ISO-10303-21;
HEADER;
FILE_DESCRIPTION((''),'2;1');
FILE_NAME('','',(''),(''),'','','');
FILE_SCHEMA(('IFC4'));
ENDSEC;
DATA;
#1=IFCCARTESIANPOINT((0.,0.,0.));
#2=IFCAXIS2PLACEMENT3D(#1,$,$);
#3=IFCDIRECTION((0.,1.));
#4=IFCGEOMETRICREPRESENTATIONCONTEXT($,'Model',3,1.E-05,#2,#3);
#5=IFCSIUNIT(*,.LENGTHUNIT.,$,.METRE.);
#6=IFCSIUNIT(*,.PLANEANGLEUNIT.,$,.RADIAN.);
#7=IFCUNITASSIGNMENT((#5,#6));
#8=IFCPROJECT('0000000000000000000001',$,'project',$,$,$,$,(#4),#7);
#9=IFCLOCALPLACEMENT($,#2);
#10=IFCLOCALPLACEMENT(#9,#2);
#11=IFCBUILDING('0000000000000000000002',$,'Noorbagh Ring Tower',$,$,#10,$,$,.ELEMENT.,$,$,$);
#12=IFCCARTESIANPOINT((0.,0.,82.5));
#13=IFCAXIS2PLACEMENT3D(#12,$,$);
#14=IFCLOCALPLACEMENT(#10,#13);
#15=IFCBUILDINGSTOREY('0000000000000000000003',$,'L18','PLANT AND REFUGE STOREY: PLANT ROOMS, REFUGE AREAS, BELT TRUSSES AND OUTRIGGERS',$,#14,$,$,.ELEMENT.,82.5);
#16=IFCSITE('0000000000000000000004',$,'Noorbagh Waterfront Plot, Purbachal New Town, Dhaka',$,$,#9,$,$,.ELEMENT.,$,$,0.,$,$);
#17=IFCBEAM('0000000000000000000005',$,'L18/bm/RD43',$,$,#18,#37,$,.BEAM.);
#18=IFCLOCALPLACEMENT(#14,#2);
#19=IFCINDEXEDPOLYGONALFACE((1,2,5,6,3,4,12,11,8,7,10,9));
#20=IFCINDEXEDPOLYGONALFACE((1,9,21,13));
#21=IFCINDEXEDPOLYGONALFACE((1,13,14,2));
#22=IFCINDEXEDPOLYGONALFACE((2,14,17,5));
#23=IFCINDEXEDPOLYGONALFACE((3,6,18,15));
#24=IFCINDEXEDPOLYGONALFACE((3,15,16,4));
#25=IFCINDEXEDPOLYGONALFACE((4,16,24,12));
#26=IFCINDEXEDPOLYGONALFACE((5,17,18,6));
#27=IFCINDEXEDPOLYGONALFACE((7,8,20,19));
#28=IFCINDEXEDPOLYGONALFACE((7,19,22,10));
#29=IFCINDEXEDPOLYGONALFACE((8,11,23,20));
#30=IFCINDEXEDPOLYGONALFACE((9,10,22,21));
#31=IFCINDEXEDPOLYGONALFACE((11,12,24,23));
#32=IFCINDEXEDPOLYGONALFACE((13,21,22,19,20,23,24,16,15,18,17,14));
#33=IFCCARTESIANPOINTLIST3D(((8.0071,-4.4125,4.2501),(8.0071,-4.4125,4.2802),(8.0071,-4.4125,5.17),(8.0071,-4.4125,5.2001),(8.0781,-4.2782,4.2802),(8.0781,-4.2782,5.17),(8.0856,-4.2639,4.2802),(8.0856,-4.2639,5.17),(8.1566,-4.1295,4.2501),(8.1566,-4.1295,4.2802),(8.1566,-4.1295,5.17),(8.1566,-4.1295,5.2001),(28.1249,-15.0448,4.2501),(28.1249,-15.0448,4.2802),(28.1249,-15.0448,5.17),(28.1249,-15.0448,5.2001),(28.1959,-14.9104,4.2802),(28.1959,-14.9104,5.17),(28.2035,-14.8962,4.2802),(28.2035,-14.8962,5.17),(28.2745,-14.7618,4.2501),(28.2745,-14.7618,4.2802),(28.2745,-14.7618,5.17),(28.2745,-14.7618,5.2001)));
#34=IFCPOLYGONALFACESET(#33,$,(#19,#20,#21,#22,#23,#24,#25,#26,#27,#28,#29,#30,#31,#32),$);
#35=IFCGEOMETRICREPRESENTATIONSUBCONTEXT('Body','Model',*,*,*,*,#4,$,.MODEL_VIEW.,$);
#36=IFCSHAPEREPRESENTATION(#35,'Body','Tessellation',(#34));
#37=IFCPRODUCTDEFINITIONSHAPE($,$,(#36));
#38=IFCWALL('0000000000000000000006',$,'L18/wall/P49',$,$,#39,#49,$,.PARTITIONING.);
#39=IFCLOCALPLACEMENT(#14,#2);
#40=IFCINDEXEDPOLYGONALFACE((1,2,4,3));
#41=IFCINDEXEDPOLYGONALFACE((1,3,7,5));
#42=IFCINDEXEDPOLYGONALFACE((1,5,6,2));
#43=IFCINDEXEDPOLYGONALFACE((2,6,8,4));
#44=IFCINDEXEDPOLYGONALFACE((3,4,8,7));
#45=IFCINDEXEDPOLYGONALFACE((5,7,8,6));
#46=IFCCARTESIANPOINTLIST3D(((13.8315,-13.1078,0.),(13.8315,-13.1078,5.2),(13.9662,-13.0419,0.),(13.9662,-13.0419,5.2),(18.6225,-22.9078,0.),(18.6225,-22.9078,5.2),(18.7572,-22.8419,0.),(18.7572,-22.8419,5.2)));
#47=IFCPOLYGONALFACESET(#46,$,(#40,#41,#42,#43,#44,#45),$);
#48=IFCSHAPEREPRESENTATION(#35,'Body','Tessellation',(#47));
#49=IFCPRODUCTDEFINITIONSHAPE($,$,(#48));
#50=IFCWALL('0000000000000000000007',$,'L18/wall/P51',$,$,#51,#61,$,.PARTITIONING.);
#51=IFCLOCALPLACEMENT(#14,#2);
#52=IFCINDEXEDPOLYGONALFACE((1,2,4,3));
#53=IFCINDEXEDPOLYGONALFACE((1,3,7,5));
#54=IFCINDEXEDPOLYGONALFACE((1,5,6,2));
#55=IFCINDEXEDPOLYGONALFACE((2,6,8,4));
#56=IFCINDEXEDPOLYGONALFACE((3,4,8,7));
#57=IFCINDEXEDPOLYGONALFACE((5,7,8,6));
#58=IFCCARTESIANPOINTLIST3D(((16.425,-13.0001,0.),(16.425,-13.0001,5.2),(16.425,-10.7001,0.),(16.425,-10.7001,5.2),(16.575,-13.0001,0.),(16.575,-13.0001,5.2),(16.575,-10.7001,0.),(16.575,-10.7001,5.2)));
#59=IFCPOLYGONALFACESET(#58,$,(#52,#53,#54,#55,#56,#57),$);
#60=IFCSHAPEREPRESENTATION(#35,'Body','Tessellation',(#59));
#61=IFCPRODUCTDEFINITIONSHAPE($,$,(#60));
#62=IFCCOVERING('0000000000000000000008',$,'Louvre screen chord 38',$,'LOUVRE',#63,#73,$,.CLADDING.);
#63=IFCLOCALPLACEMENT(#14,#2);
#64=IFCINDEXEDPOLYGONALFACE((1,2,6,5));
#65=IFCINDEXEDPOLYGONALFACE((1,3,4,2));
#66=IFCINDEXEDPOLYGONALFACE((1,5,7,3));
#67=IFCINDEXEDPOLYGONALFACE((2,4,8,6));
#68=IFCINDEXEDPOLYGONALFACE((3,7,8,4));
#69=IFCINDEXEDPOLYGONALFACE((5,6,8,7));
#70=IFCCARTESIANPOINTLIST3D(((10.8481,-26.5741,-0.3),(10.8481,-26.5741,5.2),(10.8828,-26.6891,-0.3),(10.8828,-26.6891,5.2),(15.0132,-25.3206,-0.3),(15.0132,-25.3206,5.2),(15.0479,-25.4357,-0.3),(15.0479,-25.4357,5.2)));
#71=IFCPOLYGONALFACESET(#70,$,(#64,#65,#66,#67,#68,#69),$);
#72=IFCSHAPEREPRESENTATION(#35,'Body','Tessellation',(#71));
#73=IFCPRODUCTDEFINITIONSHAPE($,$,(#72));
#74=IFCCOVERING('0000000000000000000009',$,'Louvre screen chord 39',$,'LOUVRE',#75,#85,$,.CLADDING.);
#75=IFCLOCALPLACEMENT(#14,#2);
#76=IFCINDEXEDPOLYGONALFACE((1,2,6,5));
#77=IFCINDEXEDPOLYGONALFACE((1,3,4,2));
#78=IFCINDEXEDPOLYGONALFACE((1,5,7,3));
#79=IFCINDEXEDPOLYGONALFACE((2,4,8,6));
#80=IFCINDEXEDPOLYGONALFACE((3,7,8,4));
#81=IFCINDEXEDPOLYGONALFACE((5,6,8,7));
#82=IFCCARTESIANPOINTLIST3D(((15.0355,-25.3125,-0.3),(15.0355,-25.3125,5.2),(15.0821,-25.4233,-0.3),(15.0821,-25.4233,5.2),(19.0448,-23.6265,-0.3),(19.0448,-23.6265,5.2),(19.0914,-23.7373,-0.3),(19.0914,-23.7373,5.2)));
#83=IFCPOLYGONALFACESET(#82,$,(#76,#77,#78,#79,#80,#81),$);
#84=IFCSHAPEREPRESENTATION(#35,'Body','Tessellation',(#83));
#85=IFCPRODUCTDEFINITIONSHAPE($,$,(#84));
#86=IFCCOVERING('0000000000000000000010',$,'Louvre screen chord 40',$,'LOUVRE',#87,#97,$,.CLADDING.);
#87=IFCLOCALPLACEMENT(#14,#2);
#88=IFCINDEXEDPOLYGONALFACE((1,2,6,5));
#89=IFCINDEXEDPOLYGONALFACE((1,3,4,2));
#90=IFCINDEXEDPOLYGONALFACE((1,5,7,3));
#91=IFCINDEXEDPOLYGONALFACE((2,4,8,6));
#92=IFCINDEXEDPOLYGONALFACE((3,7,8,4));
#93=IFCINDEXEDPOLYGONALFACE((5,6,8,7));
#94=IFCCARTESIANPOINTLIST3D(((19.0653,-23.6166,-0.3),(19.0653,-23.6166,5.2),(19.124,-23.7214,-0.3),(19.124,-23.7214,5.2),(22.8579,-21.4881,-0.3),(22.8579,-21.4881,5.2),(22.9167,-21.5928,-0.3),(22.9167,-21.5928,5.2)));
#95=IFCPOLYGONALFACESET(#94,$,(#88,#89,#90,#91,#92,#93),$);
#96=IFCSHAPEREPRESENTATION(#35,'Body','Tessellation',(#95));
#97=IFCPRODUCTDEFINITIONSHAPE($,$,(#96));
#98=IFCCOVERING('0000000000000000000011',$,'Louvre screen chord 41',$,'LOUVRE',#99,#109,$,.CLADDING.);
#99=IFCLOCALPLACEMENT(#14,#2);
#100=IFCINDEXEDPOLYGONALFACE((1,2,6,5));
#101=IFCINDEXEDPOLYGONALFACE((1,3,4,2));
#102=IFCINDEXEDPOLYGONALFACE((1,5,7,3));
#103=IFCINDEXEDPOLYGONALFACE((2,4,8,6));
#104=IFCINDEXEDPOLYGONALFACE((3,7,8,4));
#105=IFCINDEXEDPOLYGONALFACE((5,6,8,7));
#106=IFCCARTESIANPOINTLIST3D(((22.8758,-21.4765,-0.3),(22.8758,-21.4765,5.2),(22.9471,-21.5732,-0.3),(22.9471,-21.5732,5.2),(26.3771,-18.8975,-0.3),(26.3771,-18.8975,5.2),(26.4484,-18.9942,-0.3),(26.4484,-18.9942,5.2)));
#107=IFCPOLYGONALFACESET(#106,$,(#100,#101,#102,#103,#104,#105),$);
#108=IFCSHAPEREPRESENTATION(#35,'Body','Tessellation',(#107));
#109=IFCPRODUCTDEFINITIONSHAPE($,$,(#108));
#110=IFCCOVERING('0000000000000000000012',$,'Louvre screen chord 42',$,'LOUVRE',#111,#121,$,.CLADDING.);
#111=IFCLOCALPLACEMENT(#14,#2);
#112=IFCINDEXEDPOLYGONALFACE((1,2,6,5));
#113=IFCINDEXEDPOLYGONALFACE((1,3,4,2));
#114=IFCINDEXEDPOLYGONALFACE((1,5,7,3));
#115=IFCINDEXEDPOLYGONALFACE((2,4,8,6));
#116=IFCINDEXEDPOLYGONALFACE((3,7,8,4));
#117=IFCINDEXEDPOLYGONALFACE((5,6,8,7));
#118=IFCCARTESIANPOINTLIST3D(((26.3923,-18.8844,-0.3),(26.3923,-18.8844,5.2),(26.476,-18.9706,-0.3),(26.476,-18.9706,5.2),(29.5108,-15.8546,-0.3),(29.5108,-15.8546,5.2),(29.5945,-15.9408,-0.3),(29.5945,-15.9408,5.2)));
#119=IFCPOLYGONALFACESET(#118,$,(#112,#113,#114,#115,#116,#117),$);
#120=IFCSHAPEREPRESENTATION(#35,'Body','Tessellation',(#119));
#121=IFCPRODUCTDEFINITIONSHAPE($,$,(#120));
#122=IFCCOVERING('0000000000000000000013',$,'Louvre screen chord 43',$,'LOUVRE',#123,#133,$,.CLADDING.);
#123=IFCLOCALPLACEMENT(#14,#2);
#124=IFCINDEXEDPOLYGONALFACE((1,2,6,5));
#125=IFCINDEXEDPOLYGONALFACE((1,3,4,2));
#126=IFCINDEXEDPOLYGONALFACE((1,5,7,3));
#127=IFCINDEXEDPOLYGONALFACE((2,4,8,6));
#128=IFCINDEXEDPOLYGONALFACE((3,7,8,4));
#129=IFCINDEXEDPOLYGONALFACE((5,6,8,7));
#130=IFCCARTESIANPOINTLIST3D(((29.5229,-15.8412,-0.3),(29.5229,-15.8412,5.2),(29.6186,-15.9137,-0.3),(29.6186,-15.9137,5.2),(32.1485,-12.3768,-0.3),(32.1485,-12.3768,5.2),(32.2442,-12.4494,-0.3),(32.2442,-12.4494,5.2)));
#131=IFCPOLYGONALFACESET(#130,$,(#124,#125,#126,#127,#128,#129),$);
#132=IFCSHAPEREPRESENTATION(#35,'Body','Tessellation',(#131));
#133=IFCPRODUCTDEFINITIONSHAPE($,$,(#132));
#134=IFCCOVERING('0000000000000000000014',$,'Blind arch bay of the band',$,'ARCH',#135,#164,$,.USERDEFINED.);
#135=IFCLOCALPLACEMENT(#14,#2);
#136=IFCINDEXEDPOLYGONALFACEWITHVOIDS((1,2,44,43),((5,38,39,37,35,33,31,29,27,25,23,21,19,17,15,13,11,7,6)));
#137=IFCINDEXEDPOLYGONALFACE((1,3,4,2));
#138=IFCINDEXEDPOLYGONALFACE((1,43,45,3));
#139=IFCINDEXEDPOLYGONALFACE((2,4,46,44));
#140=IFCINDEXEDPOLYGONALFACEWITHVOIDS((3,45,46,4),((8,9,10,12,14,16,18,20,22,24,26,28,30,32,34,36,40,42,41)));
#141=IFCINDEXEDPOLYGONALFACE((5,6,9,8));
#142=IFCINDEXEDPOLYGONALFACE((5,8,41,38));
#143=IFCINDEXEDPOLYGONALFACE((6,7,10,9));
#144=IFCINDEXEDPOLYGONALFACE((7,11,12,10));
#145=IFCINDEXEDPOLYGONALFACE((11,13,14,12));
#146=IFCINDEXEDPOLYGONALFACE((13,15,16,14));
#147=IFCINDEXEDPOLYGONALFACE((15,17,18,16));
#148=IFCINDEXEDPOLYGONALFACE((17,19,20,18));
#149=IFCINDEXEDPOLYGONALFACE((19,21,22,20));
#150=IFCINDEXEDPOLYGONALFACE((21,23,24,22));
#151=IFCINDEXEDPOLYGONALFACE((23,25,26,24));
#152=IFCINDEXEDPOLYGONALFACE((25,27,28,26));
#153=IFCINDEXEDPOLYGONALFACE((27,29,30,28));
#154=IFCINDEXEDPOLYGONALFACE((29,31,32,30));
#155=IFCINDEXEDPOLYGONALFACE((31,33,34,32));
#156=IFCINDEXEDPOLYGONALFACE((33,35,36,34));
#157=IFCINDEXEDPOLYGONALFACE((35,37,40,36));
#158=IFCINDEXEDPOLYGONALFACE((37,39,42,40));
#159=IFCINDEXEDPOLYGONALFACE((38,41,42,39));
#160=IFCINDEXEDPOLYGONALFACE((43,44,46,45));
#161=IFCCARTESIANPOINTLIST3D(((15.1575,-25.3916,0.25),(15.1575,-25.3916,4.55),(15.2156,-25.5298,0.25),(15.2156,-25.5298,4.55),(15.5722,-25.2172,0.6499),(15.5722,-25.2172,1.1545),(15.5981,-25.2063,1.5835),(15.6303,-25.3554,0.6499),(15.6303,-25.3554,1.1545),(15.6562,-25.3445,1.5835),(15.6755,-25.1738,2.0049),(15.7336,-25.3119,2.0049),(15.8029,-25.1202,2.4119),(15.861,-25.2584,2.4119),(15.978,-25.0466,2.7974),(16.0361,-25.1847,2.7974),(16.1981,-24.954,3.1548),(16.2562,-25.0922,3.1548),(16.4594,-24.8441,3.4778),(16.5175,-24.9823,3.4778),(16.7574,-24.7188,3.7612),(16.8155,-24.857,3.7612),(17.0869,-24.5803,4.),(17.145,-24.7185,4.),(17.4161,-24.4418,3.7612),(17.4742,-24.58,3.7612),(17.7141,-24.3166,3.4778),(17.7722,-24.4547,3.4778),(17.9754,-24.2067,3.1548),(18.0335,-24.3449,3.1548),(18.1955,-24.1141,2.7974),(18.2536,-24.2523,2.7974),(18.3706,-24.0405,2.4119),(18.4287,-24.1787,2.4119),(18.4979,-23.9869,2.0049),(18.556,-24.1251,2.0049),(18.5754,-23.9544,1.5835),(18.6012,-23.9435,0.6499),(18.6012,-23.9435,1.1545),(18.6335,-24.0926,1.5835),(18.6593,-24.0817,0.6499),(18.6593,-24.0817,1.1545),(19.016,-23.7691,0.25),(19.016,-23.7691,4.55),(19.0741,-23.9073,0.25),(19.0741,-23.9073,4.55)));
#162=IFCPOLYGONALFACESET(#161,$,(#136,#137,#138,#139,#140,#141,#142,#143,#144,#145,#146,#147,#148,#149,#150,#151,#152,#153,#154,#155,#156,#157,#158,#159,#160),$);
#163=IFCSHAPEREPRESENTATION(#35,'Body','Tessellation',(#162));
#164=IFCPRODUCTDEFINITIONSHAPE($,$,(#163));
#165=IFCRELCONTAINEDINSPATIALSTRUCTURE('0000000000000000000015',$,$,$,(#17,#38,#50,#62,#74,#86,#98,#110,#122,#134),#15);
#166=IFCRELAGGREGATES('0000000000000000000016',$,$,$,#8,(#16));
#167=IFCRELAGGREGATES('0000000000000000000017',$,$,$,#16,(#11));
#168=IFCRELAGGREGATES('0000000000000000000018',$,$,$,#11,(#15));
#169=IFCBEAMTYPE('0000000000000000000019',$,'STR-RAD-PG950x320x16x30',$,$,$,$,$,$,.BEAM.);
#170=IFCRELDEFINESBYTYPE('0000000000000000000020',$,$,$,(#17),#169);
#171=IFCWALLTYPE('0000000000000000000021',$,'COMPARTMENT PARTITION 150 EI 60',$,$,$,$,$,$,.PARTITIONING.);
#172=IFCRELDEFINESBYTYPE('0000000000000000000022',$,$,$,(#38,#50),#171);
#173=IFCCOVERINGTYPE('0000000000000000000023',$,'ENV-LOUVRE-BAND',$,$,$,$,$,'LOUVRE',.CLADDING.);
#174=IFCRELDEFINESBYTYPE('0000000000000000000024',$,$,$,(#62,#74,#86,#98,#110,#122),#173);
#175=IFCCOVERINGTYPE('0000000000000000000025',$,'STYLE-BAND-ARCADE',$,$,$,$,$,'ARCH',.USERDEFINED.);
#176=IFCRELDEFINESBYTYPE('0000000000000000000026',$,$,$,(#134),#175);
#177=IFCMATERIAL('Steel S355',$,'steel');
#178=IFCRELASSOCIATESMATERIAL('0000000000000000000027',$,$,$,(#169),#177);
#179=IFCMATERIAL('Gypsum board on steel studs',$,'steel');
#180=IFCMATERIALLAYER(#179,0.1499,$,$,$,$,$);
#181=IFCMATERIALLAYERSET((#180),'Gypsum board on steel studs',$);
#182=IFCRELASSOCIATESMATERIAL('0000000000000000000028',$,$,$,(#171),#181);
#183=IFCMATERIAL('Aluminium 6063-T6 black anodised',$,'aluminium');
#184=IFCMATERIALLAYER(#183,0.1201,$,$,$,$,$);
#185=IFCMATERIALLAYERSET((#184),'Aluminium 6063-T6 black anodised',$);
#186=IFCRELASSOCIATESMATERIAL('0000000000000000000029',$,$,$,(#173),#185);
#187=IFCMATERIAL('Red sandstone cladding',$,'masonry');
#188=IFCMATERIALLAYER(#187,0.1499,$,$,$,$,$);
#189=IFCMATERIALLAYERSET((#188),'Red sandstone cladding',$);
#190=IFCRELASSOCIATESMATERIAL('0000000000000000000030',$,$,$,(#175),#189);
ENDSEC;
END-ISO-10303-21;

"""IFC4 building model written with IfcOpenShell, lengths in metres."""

from ifc_helpers import new_model, si_unit, direction, frame, frame_2d, origin, origin_2d, place, context, subcontext, project, spatial, polyline, rectangle, i_section, outline, extrude, material, layer, layer_set, material_profile, profile_set, type_object, element, save


model = new_model("IFC4")

# Units and contexts
model_context = context("Model", 3, precision=1e-05, world=origin(), true_north=direction((0.0, 1.0)))
body_context = subcontext(model_context, "Body", "Model", "MODEL_VIEW")
ifc_project = project(units=[si_unit("LENGTHUNIT", "METRE"), si_unit("PLANEANGLEUNIT", "RADIAN")], contexts=[model_context])

# Site, building, storey
site_placement = place(None, origin())
site = spatial("IfcSite", under=ifc_project, at=site_placement, Name="Noorbagh Waterfront Plot, Purbachal New Town, Dhaka", CompositionType="ELEMENT", RefElevation=0.0)
building_placement = place(site_placement, origin())
building = spatial("IfcBuilding", under=site, at=building_placement, Name="Noorbagh Ring Tower", CompositionType="ELEMENT")
storey_placement = place(building_placement, frame((0.0, 0.0, 82.5)))
storey = spatial("IfcBuildingStorey", under=building, at=storey_placement, Name="L18", Description="PLANT AND REFUGE STOREY: PLANT ROOMS, REFUGE AREAS, BELT TRUSSES AND OUTRIGGERS", CompositionType="ELEMENT", Elevation=82.5)

# Beam
ifc_material_1 = material(Name="Steel S355", Category="steel")
ifc_material_profile_1 = material_profile(ifc_material_1, i_section(OverallWidth=0.3201, OverallDepth=0.95, WebThickness=0.0161, FlangeThickness=0.03, at=origin_2d()), Name="PG950x320x16x30")
ifc_profile_set_1 = profile_set([ifc_material_profile_1], Name="Steel S355")
beam_type_1 = type_object("IfcBeamType", Name="STR-RAD-PG950x320x16x30", PredefinedType="BEAM", material=ifc_profile_set_1)
beam_1_placement = place(storey_placement, frame((28.1997, -14.9033, 4.7251), z_axis=(-0.884121, 0.467258, 0.0), x_axis=(-0.467258, -0.884121, 0.0)))
element("IfcBeam", 1, at=beam_1_placement, inside=storey, type_object=beam_type_1, Name="L18/bm/RD43", PredefinedType="BEAM", context=body_context, shape_type="SweptSolid", body=[
    extrude(i_section(OverallWidth=0.3201, OverallDepth=0.95, WebThickness=0.0161, FlangeThickness=0.03, at=origin_2d()), origin(), (0.0, 0.0, 1.0), 22.7546),
])

# Walls
ifc_material_2 = material(Name="Gypsum board on steel studs", Category="steel")
ifc_layer_1 = layer(ifc_material_2, 0.1499)
ifc_layer_set_1 = layer_set([ifc_layer_1], Name="Gypsum board on steel studs")
wall_type = type_object("IfcWallType", Name="COMPARTMENT PARTITION 150 EI 60", PredefinedType="PARTITIONING", material=ifc_layer_set_1)
wall_1_placement = place(storey_placement, frame((13.8989, -13.075, 0.0), z_axis=(0.0, 0.0, 1.0), x_axis=(0.439201, -0.898389, 0.0)))
element("IfcWall", 2, at=wall_1_placement, inside=storey, type_object=wall_type, Name="L18/wall/P49", PredefinedType="PARTITIONING", context=body_context, shape_type="SweptSolid", body=[
    extrude(rectangle(XDim=10.9084, YDim=0.1499, at=frame_2d((5.4541, 0.0))), origin(), (0.0, 0.0, 1.0), 5.2),
])
wall_2_placement = place(storey_placement, frame((16.5, -13.0, 0.0), z_axis=(0.0, 0.0, 1.0), x_axis=(0.0, 1.0, 0.0)))
element("IfcWall", 3, at=wall_2_placement, inside=storey, type_object=wall_type, Name="L18/wall/P51", PredefinedType="PARTITIONING", context=body_context, shape_type="SweptSolid", body=[
    extrude(rectangle(XDim=2.3, YDim=0.1499, at=frame_2d((1.1499, 0.0))), origin(), (0.0, 0.0, 1.0), 5.2),
])

# Coverings
ifc_material_3 = material(Name="Aluminium 6063-T6 black anodised", Category="aluminium")
ifc_layer_2 = layer(ifc_material_3, 0.1201)
ifc_layer_set_2 = layer_set([ifc_layer_2], Name="Aluminium 6063-T6 black anodised")
covering_type_1 = type_object("IfcCoveringType", Name="ENV-LOUVRE-BAND", ElementType="LOUVRE", PredefinedType="CLADDING", material=ifc_layer_set_2)
covering_1_placement = place(storey_placement, frame((12.948, -26.0049, -0.3), z_axis=(0.0, 0.0, 1.0), x_axis=(0.957578, 0.288174, 0.0)))
element("IfcCovering", 4, at=covering_1_placement, inside=storey, type_object=covering_type_1, Name="Louvre screen chord 38", ObjectType="LOUVRE", PredefinedType="CLADDING", context=body_context, shape_type="SweptSolid", body=[
    extrude(rectangle(XDim=4.3496, YDim=0.1201, at=origin_2d()), origin(), (0.0, 0.0, 1.0), 5.5),
])
covering_2_placement = place(storey_placement, frame((17.0635, -24.5249, -0.3), z_axis=(0.0, 0.0, 1.0), x_axis=(0.921812, 0.387638, 0.0)))
element("IfcCovering", 5, at=covering_2_placement, inside=storey, type_object=covering_type_1, Name="Louvre screen chord 39", ObjectType="LOUVRE", PredefinedType="CLADDING", context=body_context, shape_type="SweptSolid", body=[
    extrude(rectangle(XDim=4.3494, YDim=0.1201, at=origin_2d()), origin(), (0.0, 0.0, 1.0), 5.5),
])
covering_3_placement = place(storey_placement, frame((20.991, -22.6047, -0.3), z_axis=(0.0, 0.0, 1.0), x_axis=(0.872045, 0.489426, 0.0)))
element("IfcCovering", 6, at=covering_3_placement, inside=storey, type_object=covering_type_1, Name="Louvre screen chord 40", ObjectType="LOUVRE", PredefinedType="CLADDING", context=body_context, shape_type="SweptSolid", body=[
    extrude(rectangle(XDim=4.3491, YDim=0.1201, at=origin_2d()), origin(), (0.0, 0.0, 1.0), 5.5),
])
covering_4_placement = place(storey_placement, frame((24.6621, -20.2354, -0.3), z_axis=(0.0, 0.0, 1.0), x_axis=(0.805153, 0.593067, 0.0)))
element("IfcCovering", 7, at=covering_4_placement, inside=storey, type_object=covering_type_1, Name="Louvre screen chord 41", ObjectType="LOUVRE", PredefinedType="CLADDING", context=body_context, shape_type="SweptSolid", body=[
    extrude(rectangle(XDim=4.3486, YDim=0.1201, at=origin_2d()), origin(), (0.0, 0.0, 1.0), 5.5),
])
covering_5_placement = place(storey_placement, frame((27.9934, -17.4126, -0.3), z_axis=(0.0, 0.0, 1.0), x_axis=(0.717225, 0.696842, 0.0)))
element("IfcCovering", 8, at=covering_5_placement, inside=storey, type_object=covering_type_1, Name="Louvre screen chord 42", ObjectType="LOUVRE", PredefinedType="CLADDING", context=body_context, shape_type="SweptSolid", body=[
    extrude(rectangle(XDim=4.3479, YDim=0.1201, at=origin_2d()), origin(), (0.0, 0.0, 1.0), 5.5),
])
covering_6_placement = place(storey_placement, frame((30.8835, -14.1453, -0.3), z_axis=(0.0, 0.0, 1.0), x_axis=(0.60402, 0.796969, 0.0)))
element("IfcCovering", 9, at=covering_6_placement, inside=storey, type_object=covering_type_1, Name="Louvre screen chord 43", ObjectType="LOUVRE", PredefinedType="CLADDING", context=body_context, shape_type="SweptSolid", body=[
    extrude(rectangle(XDim=4.3469, YDim=0.1201, at=origin_2d()), origin(), (0.0, 0.0, 1.0), 5.5),
])
ifc_material_4 = material(Name="Red sandstone cladding", Category="masonry")
ifc_layer_3 = layer(ifc_material_4, 0.1499)
ifc_layer_set_3 = layer_set([ifc_layer_3], Name="Red sandstone cladding")
covering_type_2 = type_object("IfcCoveringType", Name="STYLE-BAND-ARCADE", ElementType="ARCH", PredefinedType="USERDEFINED", material=ifc_layer_set_3)
covering_7_placement = place(storey_placement, frame((15.2156, -25.5298, 0.25), z_axis=(0.387624, -0.921818, 0.0), x_axis=(0.921818, 0.387624, 0.0)))
element("IfcCovering", 10, at=covering_7_placement, inside=storey, type_object=covering_type_2, Name="Blind arch bay of the band", ObjectType="ARCH", PredefinedType="USERDEFINED", context=body_context, shape_type="SweptSolid", body=[
    extrude(outline(polyline([(0.0, 0.0), (4.1858, 0.0), (4.1858, 4.3), (0.0, 4.3), (0.0, 0.0)]), holes=[polyline([(0.45, 0.3999), (0.45, 0.9045), (0.478, 1.3335), (0.562, 1.7549), (0.7002, 2.1619), (0.8901, 2.5474), (1.1289, 2.9048), (1.4124, 3.2278), (1.7356, 3.5112), (2.093, 3.75), (2.4502, 3.5112), (2.7734, 3.2278), (3.0569, 2.9048), (3.2957, 2.5474), (3.4856, 2.1619), (3.6238, 1.7549), (3.7078, 1.3335), (3.7358, 0.9045), (3.7358, 0.3999), (0.45, 0.3999)])]), origin(), (0.0, 0.0, -1.0), 0.1499),
])

save(model, "model.ifc")
